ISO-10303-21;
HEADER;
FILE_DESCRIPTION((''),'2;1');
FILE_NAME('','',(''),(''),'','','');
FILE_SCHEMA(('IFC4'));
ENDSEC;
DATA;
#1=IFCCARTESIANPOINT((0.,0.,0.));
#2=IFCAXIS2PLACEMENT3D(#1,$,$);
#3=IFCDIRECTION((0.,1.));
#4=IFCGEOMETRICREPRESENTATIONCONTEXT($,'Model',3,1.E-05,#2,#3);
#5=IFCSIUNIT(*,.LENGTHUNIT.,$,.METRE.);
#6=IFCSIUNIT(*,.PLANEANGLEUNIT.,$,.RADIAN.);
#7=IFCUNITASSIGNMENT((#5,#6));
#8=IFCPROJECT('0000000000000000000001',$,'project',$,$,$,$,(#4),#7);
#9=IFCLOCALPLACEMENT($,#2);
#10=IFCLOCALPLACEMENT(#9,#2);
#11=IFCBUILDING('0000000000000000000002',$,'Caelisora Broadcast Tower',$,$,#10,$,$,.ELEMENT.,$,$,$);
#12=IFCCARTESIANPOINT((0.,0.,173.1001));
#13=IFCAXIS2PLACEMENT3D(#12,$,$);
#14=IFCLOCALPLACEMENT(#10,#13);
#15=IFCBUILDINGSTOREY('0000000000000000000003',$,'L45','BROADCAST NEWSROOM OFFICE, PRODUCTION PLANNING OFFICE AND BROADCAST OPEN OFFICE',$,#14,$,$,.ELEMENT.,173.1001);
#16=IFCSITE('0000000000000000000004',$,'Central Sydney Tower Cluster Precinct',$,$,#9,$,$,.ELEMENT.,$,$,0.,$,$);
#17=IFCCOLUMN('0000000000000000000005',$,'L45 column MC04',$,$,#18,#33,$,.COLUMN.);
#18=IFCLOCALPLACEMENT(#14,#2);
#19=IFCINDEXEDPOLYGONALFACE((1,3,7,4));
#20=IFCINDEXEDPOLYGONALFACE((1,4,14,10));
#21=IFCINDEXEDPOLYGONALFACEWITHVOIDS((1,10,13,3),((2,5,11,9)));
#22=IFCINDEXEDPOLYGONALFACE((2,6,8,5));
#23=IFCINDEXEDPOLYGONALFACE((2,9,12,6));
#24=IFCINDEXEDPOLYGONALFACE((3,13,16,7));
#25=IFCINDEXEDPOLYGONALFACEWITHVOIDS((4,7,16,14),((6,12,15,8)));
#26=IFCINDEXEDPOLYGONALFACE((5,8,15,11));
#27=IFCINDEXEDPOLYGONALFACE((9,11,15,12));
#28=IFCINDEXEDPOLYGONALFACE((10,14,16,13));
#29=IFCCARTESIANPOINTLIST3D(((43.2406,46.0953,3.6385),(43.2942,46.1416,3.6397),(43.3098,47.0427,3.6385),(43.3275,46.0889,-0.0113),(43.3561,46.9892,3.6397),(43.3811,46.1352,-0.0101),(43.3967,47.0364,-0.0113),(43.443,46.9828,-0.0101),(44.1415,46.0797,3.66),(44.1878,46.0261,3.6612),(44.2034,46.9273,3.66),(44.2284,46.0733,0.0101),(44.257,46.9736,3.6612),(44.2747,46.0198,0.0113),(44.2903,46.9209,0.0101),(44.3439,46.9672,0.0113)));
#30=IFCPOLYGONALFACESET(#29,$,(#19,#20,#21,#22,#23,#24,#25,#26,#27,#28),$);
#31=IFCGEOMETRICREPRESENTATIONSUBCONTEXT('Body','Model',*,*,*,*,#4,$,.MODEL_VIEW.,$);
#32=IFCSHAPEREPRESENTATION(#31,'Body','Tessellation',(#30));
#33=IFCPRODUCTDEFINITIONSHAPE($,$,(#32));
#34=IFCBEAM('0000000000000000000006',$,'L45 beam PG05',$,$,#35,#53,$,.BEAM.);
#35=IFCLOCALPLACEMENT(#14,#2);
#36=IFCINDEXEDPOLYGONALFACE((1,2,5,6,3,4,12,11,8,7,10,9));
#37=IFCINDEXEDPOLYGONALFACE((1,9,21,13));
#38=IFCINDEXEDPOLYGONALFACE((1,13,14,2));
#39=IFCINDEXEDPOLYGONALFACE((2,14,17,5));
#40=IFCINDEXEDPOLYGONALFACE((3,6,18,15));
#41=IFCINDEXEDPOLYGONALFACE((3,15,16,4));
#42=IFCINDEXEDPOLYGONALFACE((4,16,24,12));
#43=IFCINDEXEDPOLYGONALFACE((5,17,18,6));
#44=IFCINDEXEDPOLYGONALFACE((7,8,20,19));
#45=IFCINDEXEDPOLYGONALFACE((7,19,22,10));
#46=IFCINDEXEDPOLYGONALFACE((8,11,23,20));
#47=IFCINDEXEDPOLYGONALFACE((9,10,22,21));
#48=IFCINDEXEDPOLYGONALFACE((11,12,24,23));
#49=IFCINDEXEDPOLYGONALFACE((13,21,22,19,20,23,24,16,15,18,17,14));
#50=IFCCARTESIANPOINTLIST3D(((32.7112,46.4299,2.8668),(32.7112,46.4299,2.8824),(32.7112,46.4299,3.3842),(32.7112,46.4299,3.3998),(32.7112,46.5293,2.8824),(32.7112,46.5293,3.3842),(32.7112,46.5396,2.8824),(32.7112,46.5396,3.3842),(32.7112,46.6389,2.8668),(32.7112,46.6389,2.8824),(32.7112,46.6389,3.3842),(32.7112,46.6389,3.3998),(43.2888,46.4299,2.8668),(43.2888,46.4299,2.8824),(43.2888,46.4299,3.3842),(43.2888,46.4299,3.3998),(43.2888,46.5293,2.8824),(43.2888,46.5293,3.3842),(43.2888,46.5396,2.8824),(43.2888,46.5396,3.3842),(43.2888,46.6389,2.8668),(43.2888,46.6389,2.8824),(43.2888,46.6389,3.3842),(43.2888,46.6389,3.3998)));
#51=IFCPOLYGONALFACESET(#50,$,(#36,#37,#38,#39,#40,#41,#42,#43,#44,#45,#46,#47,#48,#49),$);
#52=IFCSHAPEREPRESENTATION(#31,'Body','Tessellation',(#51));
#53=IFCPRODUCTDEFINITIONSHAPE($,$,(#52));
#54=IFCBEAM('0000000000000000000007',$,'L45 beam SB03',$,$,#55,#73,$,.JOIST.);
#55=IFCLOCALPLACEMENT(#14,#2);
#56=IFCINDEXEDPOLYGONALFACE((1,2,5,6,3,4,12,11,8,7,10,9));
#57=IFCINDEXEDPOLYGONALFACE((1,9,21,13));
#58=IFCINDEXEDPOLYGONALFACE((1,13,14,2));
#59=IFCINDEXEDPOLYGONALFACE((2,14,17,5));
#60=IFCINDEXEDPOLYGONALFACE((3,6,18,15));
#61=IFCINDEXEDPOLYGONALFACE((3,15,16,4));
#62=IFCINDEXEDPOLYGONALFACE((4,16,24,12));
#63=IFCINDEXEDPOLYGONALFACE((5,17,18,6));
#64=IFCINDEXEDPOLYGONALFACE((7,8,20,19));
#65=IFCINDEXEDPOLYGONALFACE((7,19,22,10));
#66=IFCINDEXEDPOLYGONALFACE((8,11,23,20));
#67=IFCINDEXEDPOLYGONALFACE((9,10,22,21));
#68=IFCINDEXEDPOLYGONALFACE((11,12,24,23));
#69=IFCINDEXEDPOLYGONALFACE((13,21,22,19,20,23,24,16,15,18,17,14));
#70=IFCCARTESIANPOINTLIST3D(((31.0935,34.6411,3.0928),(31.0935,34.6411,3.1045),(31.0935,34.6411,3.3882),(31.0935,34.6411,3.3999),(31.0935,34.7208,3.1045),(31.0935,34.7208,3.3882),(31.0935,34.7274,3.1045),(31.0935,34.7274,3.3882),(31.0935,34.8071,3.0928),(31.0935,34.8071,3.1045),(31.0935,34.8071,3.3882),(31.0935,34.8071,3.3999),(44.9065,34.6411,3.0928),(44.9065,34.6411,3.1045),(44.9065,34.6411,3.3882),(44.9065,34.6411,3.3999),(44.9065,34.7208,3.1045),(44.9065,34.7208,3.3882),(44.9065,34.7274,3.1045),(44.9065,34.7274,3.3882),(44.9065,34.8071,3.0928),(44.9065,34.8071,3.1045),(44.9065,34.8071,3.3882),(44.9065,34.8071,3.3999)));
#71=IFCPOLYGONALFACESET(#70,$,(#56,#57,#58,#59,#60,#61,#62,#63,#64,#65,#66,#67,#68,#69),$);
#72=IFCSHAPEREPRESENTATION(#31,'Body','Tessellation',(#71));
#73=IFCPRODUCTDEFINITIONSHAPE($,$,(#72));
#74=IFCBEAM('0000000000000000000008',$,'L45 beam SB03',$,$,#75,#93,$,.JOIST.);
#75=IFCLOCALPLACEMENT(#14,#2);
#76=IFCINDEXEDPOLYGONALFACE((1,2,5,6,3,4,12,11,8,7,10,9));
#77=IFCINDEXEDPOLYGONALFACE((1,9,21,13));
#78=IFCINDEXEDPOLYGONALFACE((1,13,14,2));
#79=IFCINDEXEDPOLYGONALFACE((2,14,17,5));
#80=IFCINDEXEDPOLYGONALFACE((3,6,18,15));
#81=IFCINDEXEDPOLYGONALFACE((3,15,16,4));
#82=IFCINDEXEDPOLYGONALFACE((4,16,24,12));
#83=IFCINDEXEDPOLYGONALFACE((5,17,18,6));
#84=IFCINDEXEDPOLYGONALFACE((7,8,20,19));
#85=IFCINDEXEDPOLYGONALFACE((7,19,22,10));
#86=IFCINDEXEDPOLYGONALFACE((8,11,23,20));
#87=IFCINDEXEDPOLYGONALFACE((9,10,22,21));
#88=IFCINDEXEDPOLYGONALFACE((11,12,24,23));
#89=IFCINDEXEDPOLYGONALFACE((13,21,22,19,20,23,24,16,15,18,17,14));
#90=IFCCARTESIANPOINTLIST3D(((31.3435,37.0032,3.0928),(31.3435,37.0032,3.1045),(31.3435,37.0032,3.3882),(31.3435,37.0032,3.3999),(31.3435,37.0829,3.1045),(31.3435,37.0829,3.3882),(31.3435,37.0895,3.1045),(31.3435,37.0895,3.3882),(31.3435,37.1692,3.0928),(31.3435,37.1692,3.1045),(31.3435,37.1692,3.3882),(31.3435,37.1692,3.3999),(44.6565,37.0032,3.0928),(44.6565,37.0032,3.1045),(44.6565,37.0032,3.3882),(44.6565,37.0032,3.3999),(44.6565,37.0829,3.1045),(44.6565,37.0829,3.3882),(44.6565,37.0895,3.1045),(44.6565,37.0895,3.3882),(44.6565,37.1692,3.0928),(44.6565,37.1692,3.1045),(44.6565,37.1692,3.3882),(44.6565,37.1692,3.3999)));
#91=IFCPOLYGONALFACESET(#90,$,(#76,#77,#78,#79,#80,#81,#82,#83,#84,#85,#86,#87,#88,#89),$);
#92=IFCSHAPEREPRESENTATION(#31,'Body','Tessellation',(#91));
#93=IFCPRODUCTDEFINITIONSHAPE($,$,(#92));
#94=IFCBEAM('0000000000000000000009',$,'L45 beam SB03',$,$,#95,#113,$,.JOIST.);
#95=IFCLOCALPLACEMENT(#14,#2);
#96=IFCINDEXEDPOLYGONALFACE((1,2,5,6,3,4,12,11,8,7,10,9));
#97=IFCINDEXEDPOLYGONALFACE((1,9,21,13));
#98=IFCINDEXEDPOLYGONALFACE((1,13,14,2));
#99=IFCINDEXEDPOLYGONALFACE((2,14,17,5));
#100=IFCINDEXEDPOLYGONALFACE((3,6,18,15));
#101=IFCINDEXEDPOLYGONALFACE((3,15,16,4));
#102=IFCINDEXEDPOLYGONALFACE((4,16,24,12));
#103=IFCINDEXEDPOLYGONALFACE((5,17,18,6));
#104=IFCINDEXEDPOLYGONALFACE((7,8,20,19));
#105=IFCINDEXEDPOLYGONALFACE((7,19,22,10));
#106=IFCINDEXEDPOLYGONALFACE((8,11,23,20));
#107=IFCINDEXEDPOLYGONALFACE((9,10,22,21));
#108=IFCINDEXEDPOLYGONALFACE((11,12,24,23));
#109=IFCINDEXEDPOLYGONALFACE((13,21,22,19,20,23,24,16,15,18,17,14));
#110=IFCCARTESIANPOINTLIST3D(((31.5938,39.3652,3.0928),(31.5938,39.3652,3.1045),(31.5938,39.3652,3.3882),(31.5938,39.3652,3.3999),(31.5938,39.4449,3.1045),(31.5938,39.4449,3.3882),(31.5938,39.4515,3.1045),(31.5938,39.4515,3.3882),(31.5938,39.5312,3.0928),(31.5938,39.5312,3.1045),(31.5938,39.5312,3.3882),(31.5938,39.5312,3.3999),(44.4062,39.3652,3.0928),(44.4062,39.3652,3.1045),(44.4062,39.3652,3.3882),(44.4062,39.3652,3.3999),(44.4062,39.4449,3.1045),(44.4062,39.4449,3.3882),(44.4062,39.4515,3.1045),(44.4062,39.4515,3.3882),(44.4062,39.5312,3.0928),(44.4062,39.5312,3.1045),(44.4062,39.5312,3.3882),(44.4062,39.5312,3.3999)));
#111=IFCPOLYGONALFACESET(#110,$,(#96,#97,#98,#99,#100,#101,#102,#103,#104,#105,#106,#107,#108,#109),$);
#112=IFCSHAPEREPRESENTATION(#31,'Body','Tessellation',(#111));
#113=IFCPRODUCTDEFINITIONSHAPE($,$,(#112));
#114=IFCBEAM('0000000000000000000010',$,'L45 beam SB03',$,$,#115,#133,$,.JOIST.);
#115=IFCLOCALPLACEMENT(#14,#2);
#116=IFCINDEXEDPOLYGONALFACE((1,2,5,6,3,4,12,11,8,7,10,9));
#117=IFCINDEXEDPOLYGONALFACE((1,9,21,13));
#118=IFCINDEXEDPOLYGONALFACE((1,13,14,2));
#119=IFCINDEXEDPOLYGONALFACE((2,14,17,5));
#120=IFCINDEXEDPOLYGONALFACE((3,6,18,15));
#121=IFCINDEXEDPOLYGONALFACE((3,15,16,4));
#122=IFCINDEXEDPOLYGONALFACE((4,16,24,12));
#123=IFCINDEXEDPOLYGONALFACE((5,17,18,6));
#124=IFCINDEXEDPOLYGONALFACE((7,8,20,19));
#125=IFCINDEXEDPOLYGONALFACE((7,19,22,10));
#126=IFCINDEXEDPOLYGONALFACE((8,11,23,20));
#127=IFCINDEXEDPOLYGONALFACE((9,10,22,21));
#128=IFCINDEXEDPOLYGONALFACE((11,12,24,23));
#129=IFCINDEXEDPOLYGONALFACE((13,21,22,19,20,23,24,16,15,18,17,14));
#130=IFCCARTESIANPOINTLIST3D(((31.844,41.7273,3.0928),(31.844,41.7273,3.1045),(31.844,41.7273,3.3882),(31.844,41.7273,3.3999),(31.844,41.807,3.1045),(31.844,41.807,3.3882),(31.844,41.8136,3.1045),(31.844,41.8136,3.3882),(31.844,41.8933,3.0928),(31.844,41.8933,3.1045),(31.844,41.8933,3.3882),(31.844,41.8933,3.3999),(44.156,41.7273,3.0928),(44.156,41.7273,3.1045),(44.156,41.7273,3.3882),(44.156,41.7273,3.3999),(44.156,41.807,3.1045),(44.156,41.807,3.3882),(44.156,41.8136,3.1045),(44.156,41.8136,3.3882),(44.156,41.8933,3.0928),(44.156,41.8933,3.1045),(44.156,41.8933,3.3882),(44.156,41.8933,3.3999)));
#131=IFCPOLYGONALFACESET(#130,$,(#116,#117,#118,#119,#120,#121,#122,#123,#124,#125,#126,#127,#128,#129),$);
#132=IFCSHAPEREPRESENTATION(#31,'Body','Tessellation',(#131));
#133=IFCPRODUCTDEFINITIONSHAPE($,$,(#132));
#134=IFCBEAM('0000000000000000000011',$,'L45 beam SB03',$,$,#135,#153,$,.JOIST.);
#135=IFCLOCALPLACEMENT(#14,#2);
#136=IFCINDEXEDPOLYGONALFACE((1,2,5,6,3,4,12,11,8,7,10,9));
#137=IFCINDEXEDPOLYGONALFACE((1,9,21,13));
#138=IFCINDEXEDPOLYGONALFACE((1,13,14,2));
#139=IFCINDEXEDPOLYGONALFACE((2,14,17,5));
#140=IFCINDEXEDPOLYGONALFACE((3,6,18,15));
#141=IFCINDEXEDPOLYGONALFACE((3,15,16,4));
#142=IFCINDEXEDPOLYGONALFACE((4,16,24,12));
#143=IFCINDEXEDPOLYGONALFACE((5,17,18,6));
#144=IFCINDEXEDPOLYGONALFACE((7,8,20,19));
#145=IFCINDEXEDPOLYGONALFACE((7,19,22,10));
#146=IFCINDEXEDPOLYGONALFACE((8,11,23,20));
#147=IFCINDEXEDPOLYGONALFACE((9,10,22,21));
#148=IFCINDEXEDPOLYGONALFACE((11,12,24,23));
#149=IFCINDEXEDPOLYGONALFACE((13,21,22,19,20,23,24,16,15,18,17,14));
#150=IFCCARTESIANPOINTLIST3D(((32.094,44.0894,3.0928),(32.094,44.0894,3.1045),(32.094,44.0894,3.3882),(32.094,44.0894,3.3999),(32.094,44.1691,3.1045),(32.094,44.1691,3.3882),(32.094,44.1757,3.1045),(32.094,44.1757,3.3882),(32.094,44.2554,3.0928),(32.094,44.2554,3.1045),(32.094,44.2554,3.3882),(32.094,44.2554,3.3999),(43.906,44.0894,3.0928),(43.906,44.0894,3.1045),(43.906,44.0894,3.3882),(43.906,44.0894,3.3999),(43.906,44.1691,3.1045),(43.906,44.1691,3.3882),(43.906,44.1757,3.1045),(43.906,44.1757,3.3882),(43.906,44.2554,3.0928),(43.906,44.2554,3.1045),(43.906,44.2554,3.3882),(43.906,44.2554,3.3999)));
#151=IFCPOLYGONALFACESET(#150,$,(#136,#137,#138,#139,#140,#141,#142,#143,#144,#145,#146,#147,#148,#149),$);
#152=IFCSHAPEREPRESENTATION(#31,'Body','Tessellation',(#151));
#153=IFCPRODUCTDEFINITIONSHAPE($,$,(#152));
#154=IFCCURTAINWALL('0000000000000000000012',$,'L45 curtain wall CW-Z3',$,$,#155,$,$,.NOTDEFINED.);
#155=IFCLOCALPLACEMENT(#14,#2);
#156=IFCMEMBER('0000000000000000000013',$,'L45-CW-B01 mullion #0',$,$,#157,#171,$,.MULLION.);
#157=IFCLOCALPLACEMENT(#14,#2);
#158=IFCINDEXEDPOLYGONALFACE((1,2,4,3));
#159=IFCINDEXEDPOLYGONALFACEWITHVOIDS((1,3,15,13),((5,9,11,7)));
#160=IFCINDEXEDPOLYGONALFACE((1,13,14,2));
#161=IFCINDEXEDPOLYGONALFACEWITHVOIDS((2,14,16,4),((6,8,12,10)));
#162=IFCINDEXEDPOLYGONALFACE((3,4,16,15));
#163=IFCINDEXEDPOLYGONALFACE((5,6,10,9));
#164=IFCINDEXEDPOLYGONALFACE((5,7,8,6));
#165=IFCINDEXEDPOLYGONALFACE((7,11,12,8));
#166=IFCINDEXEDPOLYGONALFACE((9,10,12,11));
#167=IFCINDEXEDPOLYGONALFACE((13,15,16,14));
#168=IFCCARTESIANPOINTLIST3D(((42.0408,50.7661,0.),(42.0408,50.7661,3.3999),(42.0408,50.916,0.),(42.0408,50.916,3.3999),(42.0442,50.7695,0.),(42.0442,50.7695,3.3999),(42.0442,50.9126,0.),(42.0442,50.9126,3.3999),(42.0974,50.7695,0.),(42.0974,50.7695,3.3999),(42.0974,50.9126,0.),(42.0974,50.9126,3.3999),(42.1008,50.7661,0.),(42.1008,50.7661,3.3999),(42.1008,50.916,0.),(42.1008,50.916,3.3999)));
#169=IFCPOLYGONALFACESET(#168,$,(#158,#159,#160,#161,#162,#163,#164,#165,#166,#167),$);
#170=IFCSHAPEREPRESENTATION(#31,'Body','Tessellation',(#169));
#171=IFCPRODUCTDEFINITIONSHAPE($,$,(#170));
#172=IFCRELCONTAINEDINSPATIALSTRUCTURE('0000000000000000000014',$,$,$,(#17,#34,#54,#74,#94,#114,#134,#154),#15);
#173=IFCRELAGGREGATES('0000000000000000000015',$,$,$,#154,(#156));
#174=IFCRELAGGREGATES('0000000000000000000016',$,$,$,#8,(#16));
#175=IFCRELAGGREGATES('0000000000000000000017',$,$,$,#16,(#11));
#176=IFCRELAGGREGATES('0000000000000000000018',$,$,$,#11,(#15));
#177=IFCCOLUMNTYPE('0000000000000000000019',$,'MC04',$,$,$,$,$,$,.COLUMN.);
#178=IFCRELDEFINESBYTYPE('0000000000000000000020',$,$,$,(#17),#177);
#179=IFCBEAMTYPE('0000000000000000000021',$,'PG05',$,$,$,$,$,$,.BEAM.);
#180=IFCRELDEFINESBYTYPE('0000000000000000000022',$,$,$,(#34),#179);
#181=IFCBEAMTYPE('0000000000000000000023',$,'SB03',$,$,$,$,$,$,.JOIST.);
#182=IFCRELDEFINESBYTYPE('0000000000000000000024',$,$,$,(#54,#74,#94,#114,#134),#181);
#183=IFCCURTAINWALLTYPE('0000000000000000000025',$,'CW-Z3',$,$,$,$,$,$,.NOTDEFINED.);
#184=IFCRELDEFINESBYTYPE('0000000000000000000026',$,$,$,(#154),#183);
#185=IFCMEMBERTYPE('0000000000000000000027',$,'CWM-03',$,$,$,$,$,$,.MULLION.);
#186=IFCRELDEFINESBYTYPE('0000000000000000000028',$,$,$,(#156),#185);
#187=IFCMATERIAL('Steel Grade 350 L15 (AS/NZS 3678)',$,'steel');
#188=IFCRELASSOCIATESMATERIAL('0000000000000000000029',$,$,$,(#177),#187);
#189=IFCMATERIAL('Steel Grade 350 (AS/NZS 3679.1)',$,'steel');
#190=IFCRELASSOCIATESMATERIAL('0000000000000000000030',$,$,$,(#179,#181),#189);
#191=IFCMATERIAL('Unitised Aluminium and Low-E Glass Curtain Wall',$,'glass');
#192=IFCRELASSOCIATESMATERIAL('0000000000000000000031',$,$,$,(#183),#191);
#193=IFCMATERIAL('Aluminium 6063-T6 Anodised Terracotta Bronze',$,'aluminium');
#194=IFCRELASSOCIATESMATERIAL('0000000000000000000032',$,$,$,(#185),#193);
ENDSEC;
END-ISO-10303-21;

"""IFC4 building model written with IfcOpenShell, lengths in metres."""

from ifc_helpers import new_model, si_unit, direction, frame, origin, origin_2d, place, context, subcontext, project, spatial, hollow_rectangle, i_section, extrude, source, transform, mapped, material, material_profile, profile_set, type_object, type_shapes, element, aggregate, save


model = new_model("IFC4")

# Units and contexts
model_context = context("Model", 3, precision=1e-05, world=origin(), true_north=direction((0.0, 1.0)))
body_context = subcontext(model_context, "Body", "Model", "MODEL_VIEW")
ifc_project = project(units=[si_unit("LENGTHUNIT", "METRE"), si_unit("PLANEANGLEUNIT", "RADIAN")], contexts=[model_context])

# Site, building, storey
site_placement = place(None, origin())
site = spatial("IfcSite", under=ifc_project, at=site_placement, Name="Central Sydney Tower Cluster Precinct", CompositionType="ELEMENT", RefElevation=0.0)
building_placement = place(site_placement, origin())
building = spatial("IfcBuilding", under=site, at=building_placement, Name="Caelisora Broadcast Tower", CompositionType="ELEMENT")
storey_placement = place(building_placement, frame((0.0, 0.0, 173.1001)))
storey = spatial("IfcBuildingStorey", under=building, at=storey_placement, Name="L45", Description="BROADCAST NEWSROOM OFFICE, PRODUCTION PLANNING OFFICE AND BROADCAST OPEN OFFICE", CompositionType="ELEMENT", Elevation=173.1001)

# Column
ifc_material_1 = material(Name="Steel Grade 350 L15 (AS/NZS 3678)", Category="steel")
ifc_material_profile_1 = material_profile(ifc_material_1, hollow_rectangle(XDim=0.95, YDim=0.95, WallThickness=0.05, at=origin_2d()), Name="Steel Grade 350 L15 (AS/NZS 3678)")
ifc_profile_set_1 = profile_set([ifc_material_profile_1], Name="Steel Grade 350 L15 (AS/NZS 3678)")
column_type = type_object("IfcColumnType", Name="MC04", PredefinedType="COLUMN", material=ifc_profile_set_1)
shared_shape_1 = source(origin(), body_context, "Body", "SweptSolid", [
    extrude(hollow_rectangle(XDim=0.95, YDim=0.95, WallThickness=0.05, at=origin_2d()), origin(), (0.0, 0.0, 1.0), 3.6509),
])
type_shapes(column_type, [shared_shape_1])
column_placement = place(storey_placement, frame((43.8357, 46.5281, 0.0), z_axis=(-0.023806, 0.001739, 0.999715), x_axis=(-0.07284, -0.997344, 0.0)))
element("IfcColumn", 1, at=column_placement, inside=storey, type_object=column_type, Name="L45 column MC04", PredefinedType="COLUMN", context=body_context, shape_type="MappedRepresentation", body=[
    mapped(shared_shape_1, transform((0.0, 0.0, 0.0), scale=1.0)),
])

# Beams
ifc_material_2 = material(Name="Steel Grade 350 (AS/NZS 3679.1)", Category="steel")
ifc_material_profile_2 = material_profile(ifc_material_2, i_section(OverallWidth=0.209, OverallDepth=0.533, WebThickness=0.0103, FlangeThickness=0.0156, at=origin_2d()), Name="Steel Grade 350 (AS/NZS 3679.1)")
ifc_profile_set_2 = profile_set([ifc_material_profile_2], Name="Steel Grade 350 (AS/NZS 3679.1)")
beam_type_1 = type_object("IfcBeamType", Name="PG05", PredefinedType="BEAM", material=ifc_profile_set_2)
shared_shape_2 = source(origin(), body_context, "Body", "SweptSolid", [
    extrude(i_section(OverallWidth=0.209, OverallDepth=0.533, WebThickness=0.0103, FlangeThickness=0.0156, at=origin_2d()), origin(), (0.0, 0.0, 1.0), 10.5776),
])
type_shapes(beam_type_1, [shared_shape_2])
beam_1_placement = place(storey_placement, frame((43.2888, 46.5344, 3.1333), z_axis=(-1.0, 0.0, 0.0), x_axis=(0.0, -1.0, 0.0)))
element("IfcBeam", 2, at=beam_1_placement, inside=storey, type_object=beam_type_1, Name="L45 beam PG05", PredefinedType="BEAM", context=body_context, shape_type="MappedRepresentation", body=[
    mapped(shared_shape_2, transform((0.0, 0.0, 0.0), scale=1.0)),
])
ifc_material_profile_3 = material_profile(ifc_material_2, i_section(OverallWidth=0.166, OverallDepth=0.3071, WebThickness=0.0066, FlangeThickness=0.0117, at=origin_2d()), Name="Steel Grade 350 (AS/NZS 3679.1)")
ifc_profile_set_3 = profile_set([ifc_material_profile_3], Name="Steel Grade 350 (AS/NZS 3679.1)")
beam_type_2 = type_object("IfcBeamType", Name="SB03", PredefinedType="JOIST", material=ifc_profile_set_3)
shared_shape_3 = source(origin(), body_context, "Body", "SweptSolid", [
    extrude(i_section(OverallWidth=0.166, OverallDepth=0.3071, WebThickness=0.0066, FlangeThickness=0.0117, at=origin_2d()), origin(), (0.0, 0.0, 1.0), 13.813),
])
beam_2_placement = place(storey_placement, frame((44.9065, 34.7241, 3.2463), z_axis=(-1.0, 0.0, 0.0), x_axis=(0.0, -1.0, 0.0)))
element("IfcBeam", 3, at=beam_2_placement, inside=storey, type_object=beam_type_2, Name="L45 beam SB03", PredefinedType="JOIST", context=body_context, shape_type="MappedRepresentation", body=[
    mapped(shared_shape_3, transform((0.0, 0.0, 0.0), scale=1.0)),
])
shared_shape_4 = source(origin(), body_context, "Body", "SweptSolid", [
    extrude(i_section(OverallWidth=0.166, OverallDepth=0.3071, WebThickness=0.0066, FlangeThickness=0.0117, at=origin_2d()), origin(), (0.0, 0.0, 1.0), 13.313),
])
beam_3_placement = place(storey_placement, frame((44.6565, 37.0862, 3.2463), z_axis=(-1.0, 0.0, 0.0), x_axis=(0.0, -1.0, 0.0)))
element("IfcBeam", 4, at=beam_3_placement, inside=storey, type_object=beam_type_2, Name="L45 beam SB03", PredefinedType="JOIST", context=body_context, shape_type="MappedRepresentation", body=[
    mapped(shared_shape_4, transform((0.0, 0.0, 0.0), scale=1.0)),
])
shared_shape_5 = source(origin(), body_context, "Body", "SweptSolid", [
    extrude(i_section(OverallWidth=0.166, OverallDepth=0.3071, WebThickness=0.0066, FlangeThickness=0.0117, at=origin_2d()), origin(), (0.0, 0.0, 1.0), 12.8125),
])
beam_4_placement = place(storey_placement, frame((44.4062, 39.4482, 3.2463), z_axis=(-1.0, 0.0, 0.0), x_axis=(0.0, -1.0, 0.0)))
element("IfcBeam", 5, at=beam_4_placement, inside=storey, type_object=beam_type_2, Name="L45 beam SB03", PredefinedType="JOIST", context=body_context, shape_type="MappedRepresentation", body=[
    mapped(shared_shape_5, transform((0.0, 0.0, 0.0), scale=1.0)),
])
shared_shape_6 = source(origin(), body_context, "Body", "SweptSolid", [
    extrude(i_section(OverallWidth=0.166, OverallDepth=0.3071, WebThickness=0.0066, FlangeThickness=0.0117, at=origin_2d()), origin(), (0.0, 0.0, 1.0), 12.312),
])
beam_5_placement = place(storey_placement, frame((44.156, 41.8103, 3.2463), z_axis=(-1.0, 0.0, 0.0), x_axis=(0.0, -1.0, 0.0)))
element("IfcBeam", 6, at=beam_5_placement, inside=storey, type_object=beam_type_2, Name="L45 beam SB03", PredefinedType="JOIST", context=body_context, shape_type="MappedRepresentation", body=[
    mapped(shared_shape_6, transform((0.0, 0.0, 0.0), scale=1.0)),
])
shared_shape_7 = source(origin(), body_context, "Body", "SweptSolid", [
    extrude(i_section(OverallWidth=0.166, OverallDepth=0.3071, WebThickness=0.0066, FlangeThickness=0.0117, at=origin_2d()), origin(), (0.0, 0.0, 1.0), 11.812),
])
type_shapes(beam_type_2, [shared_shape_3, shared_shape_4, shared_shape_5, shared_shape_6, shared_shape_7])
beam_6_placement = place(storey_placement, frame((43.906, 44.1724, 3.2463), z_axis=(-1.0, 0.0, 0.0), x_axis=(0.0, -1.0, 0.0)))
element("IfcBeam", 7, at=beam_6_placement, inside=storey, type_object=beam_type_2, Name="L45 beam SB03", PredefinedType="JOIST", context=body_context, shape_type="MappedRepresentation", body=[
    mapped(shared_shape_7, transform((0.0, 0.0, 0.0), scale=1.0)),
])

# Curtain wall, member
ifc_material_3 = material(Name="Unitised Aluminium and Low-E Glass Curtain Wall", Category="glass")
curtain_wall_type = type_object("IfcCurtainWallType", Name="CW-Z3", PredefinedType="NOTDEFINED", material=ifc_material_3)
curtain_wall_1_placement = place(storey_placement, origin())
curtain_wall_1 = element("IfcCurtainWall", 8, at=curtain_wall_1_placement, inside=storey, type_object=curtain_wall_type, Name="L45 curtain wall CW-Z3", PredefinedType="NOTDEFINED")
ifc_material_4 = material(Name="Aluminium 6063-T6 Anodised Terracotta Bronze", Category="aluminium")
ifc_material_profile_4 = material_profile(ifc_material_4, hollow_rectangle(XDim=0.0601, YDim=0.1499, WallThickness=0.0034, at=origin_2d()), Name="Aluminium 6063-T6 Anodised Terracotta Bronze")
ifc_profile_set_4 = profile_set([ifc_material_profile_4], Name="Aluminium 6063-T6 Anodised Terracotta Bronze")
member_type_1 = type_object("IfcMemberType", Name="CWM-03", PredefinedType="MULLION", material=ifc_profile_set_4)
shared_shape_8 = source(origin(), body_context, "Body", "SweptSolid", [
    extrude(hollow_rectangle(XDim=0.0601, YDim=0.1499, WallThickness=0.0034, at=origin_2d()), origin(), (0.0, 0.0, 1.0), 3.3999),
])
type_shapes(member_type_1, [shared_shape_8])
member_1_placement = place(storey_placement, frame((42.0708, 50.8411, 0.0), z_axis=(0.0, 0.0, 1.0), x_axis=(1.0, 0.0, 0.0)))
member_1 = element("IfcMember", 9, at=member_1_placement, type_object=member_type_1, Name="L45-CW-B01 mullion #0", PredefinedType="MULLION", context=body_context, shape_type="MappedRepresentation", body=[
    mapped(shared_shape_8, transform((0.0, 0.0, 0.0), scale=1.0)),
])

aggregate(curtain_wall_1, [member_1])

save(model, "model.ifc")
